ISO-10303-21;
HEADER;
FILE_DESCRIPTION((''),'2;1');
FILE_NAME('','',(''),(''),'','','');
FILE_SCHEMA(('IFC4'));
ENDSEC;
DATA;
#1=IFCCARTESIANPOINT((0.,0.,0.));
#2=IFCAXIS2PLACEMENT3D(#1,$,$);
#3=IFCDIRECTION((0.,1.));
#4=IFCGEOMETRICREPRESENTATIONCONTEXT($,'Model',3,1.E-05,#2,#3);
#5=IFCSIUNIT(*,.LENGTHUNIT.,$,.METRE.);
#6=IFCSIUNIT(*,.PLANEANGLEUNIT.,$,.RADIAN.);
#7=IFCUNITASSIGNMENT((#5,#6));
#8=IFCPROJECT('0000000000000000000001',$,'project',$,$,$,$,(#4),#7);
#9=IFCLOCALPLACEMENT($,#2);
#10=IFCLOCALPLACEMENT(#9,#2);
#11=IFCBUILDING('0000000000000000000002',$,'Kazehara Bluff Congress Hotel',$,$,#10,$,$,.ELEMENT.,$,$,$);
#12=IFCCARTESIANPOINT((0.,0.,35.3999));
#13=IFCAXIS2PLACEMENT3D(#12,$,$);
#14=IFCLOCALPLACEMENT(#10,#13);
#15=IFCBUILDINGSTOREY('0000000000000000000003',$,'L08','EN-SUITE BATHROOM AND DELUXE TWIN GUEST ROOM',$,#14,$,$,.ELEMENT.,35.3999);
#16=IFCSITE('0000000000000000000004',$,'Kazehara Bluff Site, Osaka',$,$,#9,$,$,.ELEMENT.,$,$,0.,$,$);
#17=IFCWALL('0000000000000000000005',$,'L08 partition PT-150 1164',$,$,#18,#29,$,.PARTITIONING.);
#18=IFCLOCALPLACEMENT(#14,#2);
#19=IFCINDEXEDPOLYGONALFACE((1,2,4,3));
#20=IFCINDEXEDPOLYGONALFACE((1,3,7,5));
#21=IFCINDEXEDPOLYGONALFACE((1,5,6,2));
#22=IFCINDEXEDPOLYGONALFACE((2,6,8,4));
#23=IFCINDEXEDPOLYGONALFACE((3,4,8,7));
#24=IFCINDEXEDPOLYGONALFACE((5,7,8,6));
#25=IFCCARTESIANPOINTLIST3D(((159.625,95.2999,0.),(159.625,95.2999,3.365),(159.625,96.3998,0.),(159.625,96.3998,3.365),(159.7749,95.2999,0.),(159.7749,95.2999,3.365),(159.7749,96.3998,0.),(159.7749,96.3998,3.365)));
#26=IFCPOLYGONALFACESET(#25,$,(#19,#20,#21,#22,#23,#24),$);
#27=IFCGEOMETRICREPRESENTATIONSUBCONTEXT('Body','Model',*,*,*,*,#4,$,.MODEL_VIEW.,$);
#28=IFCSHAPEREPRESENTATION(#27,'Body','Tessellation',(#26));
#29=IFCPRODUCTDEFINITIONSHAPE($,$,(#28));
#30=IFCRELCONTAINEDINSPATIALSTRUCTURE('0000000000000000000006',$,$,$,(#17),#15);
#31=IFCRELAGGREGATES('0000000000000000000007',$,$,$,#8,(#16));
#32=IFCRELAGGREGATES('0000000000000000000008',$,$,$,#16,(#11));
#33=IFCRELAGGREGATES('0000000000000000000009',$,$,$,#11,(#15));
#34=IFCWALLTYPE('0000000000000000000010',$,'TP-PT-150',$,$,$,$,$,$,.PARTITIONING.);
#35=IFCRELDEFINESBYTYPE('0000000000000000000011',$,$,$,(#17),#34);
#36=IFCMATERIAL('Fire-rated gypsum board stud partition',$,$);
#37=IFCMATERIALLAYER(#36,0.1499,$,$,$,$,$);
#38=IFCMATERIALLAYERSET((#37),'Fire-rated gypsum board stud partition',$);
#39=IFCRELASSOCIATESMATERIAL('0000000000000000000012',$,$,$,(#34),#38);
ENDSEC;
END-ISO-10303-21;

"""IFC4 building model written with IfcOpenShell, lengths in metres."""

from ifc_helpers import new_model, si_unit, direction, frame, frame_2d, origin, place, context, subcontext, project, spatial, rectangle, extrude, material, layer, layer_set, type_object, element, save


model = new_model("IFC4")

# Units and contexts
model_context = context("Model", 3, precision=1e-05, world=origin(), true_north=direction((0.0, 1.0)))
body_context = subcontext(model_context, "Body", "Model", "MODEL_VIEW")
ifc_project = project(units=[si_unit("LENGTHUNIT", "METRE"), si_unit("PLANEANGLEUNIT", "RADIAN")], contexts=[model_context])

# Site, building, storey
site_placement = place(None, origin())
site = spatial("IfcSite", under=ifc_project, at=site_placement, Name="Kazehara Bluff Site, Osaka", CompositionType="ELEMENT", RefElevation=0.0)
building_placement = place(site_placement, origin())
building = spatial("IfcBuilding", under=site, at=building_placement, Name="Kazehara Bluff Congress Hotel", CompositionType="ELEMENT")
storey_placement = place(building_placement, frame((0.0, 0.0, 35.3999)))
storey = spatial("IfcBuildingStorey", under=building, at=storey_placement, Name="L08", Description="EN-SUITE BATHROOM AND DELUXE TWIN GUEST ROOM", CompositionType="ELEMENT", Elevation=35.3999)

# Wall
ifc_material_1 = material(Name="Fire-rated gypsum board stud partition")
ifc_layer_1 = layer(ifc_material_1, 0.1499)
ifc_layer_set_1 = layer_set([ifc_layer_1], Name="Fire-rated gypsum board stud partition")
wall_type = type_object("IfcWallType", Name="TP-PT-150", PredefinedType="PARTITIONING", material=ifc_layer_set_1)
wall_placement = place(storey_placement, frame((159.7, 95.3, 0.0), z_axis=(0.0, 0.0, 1.0), x_axis=(0.0, 1.0, 0.0)))
element("IfcWall", 1, at=wall_placement, inside=storey, type_object=wall_type, Name="L08 partition PT-150 1164", PredefinedType="PARTITIONING", context=body_context, shape_type="SweptSolid", body=[
    extrude(rectangle(XDim=1.0999, YDim=0.1499, at=frame_2d((0.5498, 0.0))), origin(), (0.0, 0.0, 1.0), 3.365),
])

save(model, "model.ifc")
